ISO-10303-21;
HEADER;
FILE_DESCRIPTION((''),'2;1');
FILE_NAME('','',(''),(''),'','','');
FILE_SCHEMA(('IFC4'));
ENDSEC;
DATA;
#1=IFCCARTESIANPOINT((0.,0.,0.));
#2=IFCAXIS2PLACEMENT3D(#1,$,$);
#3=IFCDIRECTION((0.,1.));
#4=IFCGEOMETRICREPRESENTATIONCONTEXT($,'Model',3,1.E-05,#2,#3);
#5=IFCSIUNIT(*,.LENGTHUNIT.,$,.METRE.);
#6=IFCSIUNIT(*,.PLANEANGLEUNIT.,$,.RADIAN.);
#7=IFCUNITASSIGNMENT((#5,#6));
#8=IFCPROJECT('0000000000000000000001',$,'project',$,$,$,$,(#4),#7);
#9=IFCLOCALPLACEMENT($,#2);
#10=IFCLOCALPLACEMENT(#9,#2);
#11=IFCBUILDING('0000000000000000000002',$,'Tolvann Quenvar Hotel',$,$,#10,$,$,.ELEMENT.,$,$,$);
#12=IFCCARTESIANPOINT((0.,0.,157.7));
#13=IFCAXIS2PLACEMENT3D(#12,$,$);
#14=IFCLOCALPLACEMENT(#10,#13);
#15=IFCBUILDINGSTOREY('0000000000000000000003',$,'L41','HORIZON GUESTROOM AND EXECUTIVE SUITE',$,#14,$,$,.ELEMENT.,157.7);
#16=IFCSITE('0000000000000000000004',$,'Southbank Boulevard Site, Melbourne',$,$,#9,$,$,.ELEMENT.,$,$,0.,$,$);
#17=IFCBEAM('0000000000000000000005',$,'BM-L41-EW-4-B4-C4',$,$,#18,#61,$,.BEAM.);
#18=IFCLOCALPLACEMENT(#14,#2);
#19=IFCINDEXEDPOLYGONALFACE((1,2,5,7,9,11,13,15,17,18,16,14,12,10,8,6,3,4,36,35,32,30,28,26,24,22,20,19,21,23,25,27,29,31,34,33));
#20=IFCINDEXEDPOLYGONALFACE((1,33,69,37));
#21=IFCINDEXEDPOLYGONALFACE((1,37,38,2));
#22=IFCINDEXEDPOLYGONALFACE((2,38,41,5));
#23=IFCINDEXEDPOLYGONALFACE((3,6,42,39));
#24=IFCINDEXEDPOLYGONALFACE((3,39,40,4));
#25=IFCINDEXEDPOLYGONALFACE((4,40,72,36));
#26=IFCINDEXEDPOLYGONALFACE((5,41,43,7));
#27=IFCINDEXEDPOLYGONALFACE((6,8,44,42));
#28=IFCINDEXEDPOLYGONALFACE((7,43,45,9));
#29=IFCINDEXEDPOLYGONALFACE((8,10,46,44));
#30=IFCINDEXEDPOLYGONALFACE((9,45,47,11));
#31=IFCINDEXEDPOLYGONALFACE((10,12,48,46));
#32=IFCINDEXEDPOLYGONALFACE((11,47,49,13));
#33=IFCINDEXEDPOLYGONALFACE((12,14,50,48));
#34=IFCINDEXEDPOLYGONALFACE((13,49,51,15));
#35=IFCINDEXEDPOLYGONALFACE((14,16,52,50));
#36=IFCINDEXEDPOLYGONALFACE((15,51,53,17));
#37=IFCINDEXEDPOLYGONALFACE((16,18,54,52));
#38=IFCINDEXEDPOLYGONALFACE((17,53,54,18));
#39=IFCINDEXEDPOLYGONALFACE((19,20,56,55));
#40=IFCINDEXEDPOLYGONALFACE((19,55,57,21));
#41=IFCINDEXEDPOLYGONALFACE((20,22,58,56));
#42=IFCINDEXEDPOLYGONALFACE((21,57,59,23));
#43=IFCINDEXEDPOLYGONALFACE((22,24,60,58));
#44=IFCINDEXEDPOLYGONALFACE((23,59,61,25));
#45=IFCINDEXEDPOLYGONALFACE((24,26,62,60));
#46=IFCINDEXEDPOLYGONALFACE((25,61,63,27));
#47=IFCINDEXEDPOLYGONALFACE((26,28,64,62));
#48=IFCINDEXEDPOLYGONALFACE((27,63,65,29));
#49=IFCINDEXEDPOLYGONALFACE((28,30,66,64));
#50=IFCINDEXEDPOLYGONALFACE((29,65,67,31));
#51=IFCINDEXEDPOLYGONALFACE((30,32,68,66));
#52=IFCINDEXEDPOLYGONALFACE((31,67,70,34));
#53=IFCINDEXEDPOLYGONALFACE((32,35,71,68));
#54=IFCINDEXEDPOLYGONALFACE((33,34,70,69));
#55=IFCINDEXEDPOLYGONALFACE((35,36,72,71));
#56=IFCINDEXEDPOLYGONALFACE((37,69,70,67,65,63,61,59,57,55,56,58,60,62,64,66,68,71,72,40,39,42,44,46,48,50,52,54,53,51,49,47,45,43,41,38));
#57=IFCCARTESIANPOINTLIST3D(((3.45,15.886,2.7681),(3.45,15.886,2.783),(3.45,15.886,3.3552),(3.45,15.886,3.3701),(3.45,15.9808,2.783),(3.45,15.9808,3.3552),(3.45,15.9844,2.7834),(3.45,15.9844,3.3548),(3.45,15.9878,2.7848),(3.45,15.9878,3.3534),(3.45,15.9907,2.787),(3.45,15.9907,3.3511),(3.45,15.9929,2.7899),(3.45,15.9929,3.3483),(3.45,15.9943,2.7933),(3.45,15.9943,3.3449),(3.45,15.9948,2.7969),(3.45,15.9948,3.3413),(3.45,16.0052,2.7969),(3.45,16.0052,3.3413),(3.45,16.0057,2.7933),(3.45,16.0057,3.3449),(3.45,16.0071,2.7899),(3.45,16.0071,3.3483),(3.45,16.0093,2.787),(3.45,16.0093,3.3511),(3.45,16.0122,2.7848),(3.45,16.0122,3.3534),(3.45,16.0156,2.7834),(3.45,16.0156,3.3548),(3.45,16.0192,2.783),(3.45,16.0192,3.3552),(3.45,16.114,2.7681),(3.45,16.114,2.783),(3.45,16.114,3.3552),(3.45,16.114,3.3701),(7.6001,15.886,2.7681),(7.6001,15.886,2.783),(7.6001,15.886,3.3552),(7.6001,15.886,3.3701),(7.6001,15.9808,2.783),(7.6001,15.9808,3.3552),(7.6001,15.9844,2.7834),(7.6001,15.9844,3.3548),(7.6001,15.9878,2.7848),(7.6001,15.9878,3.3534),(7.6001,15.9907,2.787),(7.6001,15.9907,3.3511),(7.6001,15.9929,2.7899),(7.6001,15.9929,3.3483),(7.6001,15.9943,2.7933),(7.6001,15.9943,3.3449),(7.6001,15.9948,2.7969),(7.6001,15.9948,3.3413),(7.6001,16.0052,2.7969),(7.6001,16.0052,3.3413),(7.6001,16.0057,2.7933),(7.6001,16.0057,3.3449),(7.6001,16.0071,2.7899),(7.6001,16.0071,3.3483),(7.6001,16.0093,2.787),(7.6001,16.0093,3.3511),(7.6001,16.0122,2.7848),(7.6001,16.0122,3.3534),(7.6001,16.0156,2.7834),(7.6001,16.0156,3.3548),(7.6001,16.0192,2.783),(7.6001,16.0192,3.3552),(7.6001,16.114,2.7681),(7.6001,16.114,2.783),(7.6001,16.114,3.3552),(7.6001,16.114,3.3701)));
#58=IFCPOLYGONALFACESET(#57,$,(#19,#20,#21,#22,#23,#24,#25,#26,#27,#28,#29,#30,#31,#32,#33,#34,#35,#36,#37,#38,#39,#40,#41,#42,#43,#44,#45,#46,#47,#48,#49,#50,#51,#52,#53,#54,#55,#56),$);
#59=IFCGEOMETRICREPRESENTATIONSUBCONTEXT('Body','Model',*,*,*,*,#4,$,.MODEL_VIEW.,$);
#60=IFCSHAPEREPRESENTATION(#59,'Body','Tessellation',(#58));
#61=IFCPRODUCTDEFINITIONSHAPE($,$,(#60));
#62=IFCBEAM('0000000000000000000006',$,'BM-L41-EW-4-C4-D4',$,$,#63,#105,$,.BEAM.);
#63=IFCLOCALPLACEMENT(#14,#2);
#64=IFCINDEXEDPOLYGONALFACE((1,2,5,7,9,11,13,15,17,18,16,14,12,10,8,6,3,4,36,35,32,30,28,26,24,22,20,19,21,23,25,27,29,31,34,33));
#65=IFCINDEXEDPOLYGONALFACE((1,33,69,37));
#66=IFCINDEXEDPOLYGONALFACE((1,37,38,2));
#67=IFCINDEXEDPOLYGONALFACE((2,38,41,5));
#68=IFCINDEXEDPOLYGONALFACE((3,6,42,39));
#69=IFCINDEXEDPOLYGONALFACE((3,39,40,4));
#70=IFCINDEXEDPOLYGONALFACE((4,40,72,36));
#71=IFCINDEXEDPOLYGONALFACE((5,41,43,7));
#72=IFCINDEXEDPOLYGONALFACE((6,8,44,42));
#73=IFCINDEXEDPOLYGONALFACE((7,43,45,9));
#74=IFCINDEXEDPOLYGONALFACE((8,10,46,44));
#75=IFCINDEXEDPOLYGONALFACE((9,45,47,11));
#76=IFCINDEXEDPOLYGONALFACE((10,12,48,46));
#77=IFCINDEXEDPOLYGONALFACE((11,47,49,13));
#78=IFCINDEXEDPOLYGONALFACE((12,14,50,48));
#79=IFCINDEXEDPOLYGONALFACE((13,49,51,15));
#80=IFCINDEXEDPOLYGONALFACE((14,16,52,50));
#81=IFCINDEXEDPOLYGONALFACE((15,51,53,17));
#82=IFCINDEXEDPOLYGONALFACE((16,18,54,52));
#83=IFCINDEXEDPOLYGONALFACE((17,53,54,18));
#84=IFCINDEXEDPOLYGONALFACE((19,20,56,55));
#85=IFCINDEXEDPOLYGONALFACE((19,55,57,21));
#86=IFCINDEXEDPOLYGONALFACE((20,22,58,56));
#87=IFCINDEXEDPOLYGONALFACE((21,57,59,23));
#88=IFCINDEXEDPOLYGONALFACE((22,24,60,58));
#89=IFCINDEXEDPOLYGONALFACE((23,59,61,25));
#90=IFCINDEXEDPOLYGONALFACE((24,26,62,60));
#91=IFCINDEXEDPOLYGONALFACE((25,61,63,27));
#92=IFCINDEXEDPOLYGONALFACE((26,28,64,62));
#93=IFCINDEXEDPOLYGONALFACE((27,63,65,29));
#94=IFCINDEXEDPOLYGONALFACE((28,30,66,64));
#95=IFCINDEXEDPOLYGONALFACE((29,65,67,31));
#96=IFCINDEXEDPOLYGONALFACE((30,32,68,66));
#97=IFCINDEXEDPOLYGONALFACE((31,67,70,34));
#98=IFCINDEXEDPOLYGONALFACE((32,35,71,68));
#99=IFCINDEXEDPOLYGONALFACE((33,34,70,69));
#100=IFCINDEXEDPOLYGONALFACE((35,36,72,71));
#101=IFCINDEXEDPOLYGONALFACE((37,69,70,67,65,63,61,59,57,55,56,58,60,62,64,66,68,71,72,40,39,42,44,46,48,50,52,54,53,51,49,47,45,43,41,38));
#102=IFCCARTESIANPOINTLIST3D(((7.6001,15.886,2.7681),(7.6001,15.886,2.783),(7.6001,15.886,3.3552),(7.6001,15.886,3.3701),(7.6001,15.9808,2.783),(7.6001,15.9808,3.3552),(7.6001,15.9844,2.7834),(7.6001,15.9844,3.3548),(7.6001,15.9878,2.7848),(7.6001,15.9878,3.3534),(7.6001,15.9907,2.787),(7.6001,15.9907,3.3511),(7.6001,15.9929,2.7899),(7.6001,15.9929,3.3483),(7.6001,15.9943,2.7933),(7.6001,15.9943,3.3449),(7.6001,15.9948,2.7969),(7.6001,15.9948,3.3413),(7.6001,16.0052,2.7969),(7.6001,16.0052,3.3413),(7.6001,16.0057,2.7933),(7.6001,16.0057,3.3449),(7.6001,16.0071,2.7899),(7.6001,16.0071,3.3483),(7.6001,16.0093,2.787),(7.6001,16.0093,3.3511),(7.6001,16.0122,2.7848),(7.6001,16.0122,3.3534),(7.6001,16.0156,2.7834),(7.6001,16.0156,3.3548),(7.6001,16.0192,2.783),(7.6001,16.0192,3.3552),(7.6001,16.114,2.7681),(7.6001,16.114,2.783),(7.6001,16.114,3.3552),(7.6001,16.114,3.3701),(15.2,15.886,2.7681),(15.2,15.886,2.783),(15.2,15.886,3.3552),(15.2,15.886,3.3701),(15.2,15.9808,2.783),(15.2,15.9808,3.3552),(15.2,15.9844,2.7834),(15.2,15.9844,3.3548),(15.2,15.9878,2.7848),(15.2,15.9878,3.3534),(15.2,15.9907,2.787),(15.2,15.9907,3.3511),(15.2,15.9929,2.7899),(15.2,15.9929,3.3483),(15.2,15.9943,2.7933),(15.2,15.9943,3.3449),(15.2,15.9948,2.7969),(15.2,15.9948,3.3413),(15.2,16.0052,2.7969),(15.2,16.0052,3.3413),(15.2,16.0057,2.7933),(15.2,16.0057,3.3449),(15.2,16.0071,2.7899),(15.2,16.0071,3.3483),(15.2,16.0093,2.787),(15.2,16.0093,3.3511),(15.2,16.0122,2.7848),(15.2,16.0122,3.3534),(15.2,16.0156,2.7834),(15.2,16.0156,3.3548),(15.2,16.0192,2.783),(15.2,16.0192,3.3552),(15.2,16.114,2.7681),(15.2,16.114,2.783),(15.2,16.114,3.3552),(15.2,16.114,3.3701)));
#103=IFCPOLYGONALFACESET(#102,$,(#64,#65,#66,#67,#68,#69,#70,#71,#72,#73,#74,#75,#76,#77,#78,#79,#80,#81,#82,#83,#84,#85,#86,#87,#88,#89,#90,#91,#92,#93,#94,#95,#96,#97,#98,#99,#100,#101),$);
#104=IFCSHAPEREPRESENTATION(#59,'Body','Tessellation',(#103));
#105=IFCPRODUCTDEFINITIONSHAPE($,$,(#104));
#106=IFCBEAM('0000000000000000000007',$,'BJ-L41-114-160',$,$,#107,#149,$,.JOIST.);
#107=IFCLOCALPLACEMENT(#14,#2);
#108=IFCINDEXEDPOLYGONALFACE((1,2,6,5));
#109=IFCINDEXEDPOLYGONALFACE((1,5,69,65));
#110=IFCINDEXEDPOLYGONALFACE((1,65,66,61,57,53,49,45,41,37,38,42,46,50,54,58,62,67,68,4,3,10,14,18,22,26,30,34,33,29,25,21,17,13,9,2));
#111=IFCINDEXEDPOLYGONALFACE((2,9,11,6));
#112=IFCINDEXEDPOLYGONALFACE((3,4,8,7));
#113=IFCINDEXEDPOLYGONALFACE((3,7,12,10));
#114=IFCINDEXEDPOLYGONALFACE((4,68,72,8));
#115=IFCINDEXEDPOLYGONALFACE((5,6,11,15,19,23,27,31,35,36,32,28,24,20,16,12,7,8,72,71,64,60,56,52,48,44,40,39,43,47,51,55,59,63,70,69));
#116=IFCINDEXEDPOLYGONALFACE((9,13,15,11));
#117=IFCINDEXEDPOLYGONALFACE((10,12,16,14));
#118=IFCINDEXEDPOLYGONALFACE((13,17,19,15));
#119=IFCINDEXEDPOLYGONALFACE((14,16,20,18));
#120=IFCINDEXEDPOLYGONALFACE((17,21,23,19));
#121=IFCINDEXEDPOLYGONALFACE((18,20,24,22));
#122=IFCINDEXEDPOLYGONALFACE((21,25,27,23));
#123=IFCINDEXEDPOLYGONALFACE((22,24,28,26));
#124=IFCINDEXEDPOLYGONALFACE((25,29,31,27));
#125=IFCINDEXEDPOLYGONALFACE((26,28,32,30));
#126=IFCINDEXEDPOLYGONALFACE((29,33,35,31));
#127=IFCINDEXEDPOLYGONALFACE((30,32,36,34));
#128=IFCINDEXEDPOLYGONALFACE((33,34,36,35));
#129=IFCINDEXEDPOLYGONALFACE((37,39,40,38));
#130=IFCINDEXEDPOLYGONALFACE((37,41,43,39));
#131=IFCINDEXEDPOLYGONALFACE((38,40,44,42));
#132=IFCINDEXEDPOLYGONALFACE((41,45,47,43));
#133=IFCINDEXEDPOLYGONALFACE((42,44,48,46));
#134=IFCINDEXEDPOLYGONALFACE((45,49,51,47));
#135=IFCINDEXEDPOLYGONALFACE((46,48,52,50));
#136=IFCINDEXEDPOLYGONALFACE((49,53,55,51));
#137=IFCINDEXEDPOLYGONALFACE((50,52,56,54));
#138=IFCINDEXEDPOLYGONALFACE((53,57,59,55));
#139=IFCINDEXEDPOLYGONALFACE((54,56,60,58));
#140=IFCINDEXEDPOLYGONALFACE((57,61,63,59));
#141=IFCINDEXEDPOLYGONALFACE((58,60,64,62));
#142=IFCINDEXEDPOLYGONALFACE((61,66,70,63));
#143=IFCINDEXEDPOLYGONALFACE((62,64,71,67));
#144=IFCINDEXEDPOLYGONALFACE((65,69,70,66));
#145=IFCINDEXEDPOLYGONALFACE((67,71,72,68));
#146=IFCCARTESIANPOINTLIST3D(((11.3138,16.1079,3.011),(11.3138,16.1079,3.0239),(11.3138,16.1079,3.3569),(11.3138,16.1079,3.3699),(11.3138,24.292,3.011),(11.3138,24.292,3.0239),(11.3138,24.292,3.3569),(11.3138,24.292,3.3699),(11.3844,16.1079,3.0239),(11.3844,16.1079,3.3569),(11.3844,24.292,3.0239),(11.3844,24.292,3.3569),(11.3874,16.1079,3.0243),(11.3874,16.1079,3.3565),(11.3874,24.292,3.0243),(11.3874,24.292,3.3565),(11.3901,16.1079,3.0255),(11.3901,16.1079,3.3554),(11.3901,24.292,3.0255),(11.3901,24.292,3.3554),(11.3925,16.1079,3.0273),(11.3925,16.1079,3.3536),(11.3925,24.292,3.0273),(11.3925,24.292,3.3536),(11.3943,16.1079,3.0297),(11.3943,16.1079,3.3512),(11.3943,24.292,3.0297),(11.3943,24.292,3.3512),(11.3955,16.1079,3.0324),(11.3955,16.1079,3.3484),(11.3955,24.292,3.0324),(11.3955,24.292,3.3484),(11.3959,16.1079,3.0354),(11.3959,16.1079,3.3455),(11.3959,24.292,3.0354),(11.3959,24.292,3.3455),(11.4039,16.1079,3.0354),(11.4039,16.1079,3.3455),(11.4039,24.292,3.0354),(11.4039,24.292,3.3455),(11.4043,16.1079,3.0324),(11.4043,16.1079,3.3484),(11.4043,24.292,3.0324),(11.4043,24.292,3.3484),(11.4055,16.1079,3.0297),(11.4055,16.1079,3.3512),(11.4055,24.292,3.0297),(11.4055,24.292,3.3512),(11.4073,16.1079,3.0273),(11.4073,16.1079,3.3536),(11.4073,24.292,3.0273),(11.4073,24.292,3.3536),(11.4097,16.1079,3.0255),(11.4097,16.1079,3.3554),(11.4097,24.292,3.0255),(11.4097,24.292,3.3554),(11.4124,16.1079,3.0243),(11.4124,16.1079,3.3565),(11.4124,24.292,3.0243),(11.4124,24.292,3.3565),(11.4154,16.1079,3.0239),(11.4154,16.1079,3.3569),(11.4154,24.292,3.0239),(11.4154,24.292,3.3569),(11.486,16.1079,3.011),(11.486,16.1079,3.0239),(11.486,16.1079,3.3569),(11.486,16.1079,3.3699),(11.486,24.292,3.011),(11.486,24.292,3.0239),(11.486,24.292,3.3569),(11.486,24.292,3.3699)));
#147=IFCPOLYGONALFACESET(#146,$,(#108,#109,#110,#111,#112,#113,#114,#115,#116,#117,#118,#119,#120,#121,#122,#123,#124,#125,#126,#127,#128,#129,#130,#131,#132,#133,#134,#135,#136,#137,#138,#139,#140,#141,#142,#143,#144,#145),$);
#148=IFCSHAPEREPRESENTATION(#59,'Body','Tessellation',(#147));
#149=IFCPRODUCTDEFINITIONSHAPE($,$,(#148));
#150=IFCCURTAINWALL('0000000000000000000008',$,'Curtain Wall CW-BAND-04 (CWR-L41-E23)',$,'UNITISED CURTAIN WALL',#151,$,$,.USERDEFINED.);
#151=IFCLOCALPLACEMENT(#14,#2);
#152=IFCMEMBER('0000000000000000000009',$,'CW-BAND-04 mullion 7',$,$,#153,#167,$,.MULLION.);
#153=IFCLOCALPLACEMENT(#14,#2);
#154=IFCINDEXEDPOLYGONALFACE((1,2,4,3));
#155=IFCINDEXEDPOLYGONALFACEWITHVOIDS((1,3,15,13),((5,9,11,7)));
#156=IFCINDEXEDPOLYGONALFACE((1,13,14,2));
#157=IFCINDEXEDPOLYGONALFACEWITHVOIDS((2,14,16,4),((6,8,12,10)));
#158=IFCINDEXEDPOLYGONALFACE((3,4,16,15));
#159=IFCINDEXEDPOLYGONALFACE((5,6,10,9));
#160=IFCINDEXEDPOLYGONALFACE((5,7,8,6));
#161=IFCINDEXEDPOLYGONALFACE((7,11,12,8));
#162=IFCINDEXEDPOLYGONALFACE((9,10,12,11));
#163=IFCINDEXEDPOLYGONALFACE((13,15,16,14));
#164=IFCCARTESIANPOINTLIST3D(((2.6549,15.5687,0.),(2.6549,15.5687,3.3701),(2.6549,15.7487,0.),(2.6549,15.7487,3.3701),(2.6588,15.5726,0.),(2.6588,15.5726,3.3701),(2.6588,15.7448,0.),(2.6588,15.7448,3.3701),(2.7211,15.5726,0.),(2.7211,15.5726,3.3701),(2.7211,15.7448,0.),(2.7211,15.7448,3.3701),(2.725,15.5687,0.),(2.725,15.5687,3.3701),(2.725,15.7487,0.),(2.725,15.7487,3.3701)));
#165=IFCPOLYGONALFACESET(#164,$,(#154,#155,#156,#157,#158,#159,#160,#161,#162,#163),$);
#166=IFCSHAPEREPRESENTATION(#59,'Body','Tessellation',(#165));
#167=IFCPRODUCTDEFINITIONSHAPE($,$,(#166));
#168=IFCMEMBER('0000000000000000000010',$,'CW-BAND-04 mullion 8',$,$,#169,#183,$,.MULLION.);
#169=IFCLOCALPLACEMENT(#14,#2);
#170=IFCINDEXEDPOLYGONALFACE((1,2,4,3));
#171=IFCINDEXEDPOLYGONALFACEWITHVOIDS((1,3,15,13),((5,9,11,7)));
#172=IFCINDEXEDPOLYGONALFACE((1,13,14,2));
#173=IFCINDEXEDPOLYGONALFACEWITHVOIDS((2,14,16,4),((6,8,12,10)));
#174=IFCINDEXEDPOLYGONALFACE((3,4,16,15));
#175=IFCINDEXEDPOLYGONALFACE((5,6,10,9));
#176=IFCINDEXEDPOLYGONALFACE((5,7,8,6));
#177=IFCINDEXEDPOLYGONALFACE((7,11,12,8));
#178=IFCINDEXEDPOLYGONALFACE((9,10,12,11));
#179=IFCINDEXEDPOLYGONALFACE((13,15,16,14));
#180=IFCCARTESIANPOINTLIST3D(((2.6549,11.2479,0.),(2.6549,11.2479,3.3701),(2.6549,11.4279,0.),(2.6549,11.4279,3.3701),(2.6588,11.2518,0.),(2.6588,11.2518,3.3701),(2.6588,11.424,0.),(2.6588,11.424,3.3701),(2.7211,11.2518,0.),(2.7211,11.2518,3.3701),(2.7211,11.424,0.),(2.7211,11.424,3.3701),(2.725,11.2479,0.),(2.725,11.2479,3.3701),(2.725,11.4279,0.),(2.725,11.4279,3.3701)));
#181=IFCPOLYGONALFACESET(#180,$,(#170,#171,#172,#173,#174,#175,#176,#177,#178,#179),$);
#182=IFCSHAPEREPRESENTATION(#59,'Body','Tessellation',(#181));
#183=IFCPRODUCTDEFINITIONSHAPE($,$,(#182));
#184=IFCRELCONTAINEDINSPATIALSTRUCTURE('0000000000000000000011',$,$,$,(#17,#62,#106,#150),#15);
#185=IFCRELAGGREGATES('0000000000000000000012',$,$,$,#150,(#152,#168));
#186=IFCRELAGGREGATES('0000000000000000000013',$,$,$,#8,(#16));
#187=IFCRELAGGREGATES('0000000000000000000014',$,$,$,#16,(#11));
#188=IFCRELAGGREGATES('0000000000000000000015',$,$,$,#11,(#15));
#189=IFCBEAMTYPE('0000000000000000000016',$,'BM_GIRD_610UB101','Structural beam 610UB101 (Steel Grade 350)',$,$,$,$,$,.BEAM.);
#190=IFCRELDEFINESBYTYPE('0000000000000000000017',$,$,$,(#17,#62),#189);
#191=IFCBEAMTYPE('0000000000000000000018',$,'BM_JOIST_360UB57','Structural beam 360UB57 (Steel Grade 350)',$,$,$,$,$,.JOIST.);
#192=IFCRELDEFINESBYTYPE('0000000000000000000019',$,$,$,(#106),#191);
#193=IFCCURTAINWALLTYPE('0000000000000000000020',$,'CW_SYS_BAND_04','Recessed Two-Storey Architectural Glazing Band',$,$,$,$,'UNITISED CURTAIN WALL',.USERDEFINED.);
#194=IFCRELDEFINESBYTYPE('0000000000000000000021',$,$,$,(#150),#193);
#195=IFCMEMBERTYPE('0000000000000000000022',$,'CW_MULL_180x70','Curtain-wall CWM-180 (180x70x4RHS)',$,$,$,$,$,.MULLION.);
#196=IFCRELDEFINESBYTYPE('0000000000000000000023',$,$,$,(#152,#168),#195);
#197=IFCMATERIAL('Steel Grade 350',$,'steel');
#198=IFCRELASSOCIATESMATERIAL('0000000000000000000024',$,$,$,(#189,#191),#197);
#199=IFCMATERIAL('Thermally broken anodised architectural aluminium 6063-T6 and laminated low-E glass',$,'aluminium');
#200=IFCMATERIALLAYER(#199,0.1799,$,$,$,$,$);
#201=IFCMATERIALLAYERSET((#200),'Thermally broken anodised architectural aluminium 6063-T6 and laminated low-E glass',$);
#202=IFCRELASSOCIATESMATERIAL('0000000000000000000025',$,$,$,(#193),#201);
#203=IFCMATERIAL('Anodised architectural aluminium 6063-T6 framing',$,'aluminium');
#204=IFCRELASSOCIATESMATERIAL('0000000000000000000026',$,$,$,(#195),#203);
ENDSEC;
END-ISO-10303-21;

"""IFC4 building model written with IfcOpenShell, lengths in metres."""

from ifc_helpers import new_model, si_unit, direction, frame, origin, origin_2d, place, context, subcontext, project, spatial, hollow_rectangle, i_section, extrude, source, transform, mapped, material, layer, layer_set, material_profile, profile_set, type_object, type_shapes, element, aggregate, save


model = new_model("IFC4")

# Units and contexts
model_context = context("Model", 3, precision=1e-05, world=origin(), true_north=direction((0.0, 1.0)))
body_context = subcontext(model_context, "Body", "Model", "MODEL_VIEW")
ifc_project = project(units=[si_unit("LENGTHUNIT", "METRE"), si_unit("PLANEANGLEUNIT", "RADIAN")], contexts=[model_context])

# Site, building, storey
site_placement = place(None, origin())
site = spatial("IfcSite", under=ifc_project, at=site_placement, Name="Southbank Boulevard Site, Melbourne", CompositionType="ELEMENT", RefElevation=0.0)
building_placement = place(site_placement, origin())
building = spatial("IfcBuilding", under=site, at=building_placement, Name="Tolvann Quenvar Hotel", CompositionType="ELEMENT")
storey_placement = place(building_placement, frame((0.0, 0.0, 157.7)))
storey = spatial("IfcBuildingStorey", under=building, at=storey_placement, Name="L41", Description="HORIZON GUESTROOM AND EXECUTIVE SUITE", CompositionType="ELEMENT", Elevation=157.7)

# Shared definitions
ifc_material_1 = material(Name="Steel Grade 350", Category="steel")

# Beams
ifc_material_profile_1 = material_profile(ifc_material_1, i_section(OverallWidth=0.228, OverallDepth=0.6021, WebThickness=0.0105, FlangeThickness=0.0149, FilletRadius=0.0139, at=origin_2d()), Name="610UB101")
ifc_profile_set_1 = profile_set([ifc_material_profile_1], Name="Steel Grade 350")
beam_type_1 = type_object("IfcBeamType", Name="BM_GIRD_610UB101", Description="Structural beam 610UB101 (Steel Grade 350)", PredefinedType="BEAM", material=ifc_profile_set_1)
shared_shape_1 = source(origin(), body_context, "Body", "SweptSolid", [
    extrude(i_section(OverallWidth=0.228, OverallDepth=0.6021, WebThickness=0.0105, FlangeThickness=0.0149, FilletRadius=0.0139, at=origin_2d()), origin(), (0.0, 0.0, 1.0), 4.1501),
])
beam_1_placement = place(storey_placement, frame((3.45, 16.0, 3.0691), z_axis=(1.0, 0.0, 0.0), x_axis=(0.0, 1.0, 0.0)))
element("IfcBeam", 1, at=beam_1_placement, inside=storey, type_object=beam_type_1, Name="BM-L41-EW-4-B4-C4", PredefinedType="BEAM", context=body_context, shape_type="MappedRepresentation", body=[
    mapped(shared_shape_1, transform((0.0, 0.0, 0.0), x_axis=(1.0, 0.0, 0.0), y_axis=(0.0, 1.0, 0.0), z_axis=(0.0, 0.0, 1.0), scale=1.0)),
])
shared_shape_2 = source(origin(), body_context, "Body", "SweptSolid", [
    extrude(i_section(OverallWidth=0.228, OverallDepth=0.6021, WebThickness=0.0105, FlangeThickness=0.0149, FilletRadius=0.0139, at=origin_2d()), origin(), (0.0, 0.0, 1.0), 7.5999),
])
type_shapes(beam_type_1, [shared_shape_1, shared_shape_2])
beam_2_placement = place(storey_placement, frame((7.6001, 16.0, 3.0691), z_axis=(1.0, 0.0, 0.0), x_axis=(0.0, 1.0, 0.0)))
element("IfcBeam", 2, at=beam_2_placement, inside=storey, type_object=beam_type_1, Name="BM-L41-EW-4-C4-D4", PredefinedType="BEAM", context=body_context, shape_type="MappedRepresentation", body=[
    mapped(shared_shape_2, transform((0.0, 0.0, 0.0), x_axis=(1.0, 0.0, 0.0), y_axis=(0.0, 1.0, 0.0), z_axis=(0.0, 0.0, 1.0), scale=1.0)),
])
ifc_material_profile_2 = material_profile(ifc_material_1, i_section(OverallWidth=0.1721, OverallDepth=0.3589, WebThickness=0.0081, FlangeThickness=0.0129, FilletRadius=0.0115, at=origin_2d()), Name="360UB57")
ifc_profile_set_2 = profile_set([ifc_material_profile_2], Name="Steel Grade 350")
beam_type_2 = type_object("IfcBeamType", Name="BM_JOIST_360UB57", Description="Structural beam 360UB57 (Steel Grade 350)", PredefinedType="JOIST", material=ifc_profile_set_2)
shared_shape_3 = source(origin(), body_context, "Body", "SweptSolid", [
    extrude(i_section(OverallWidth=0.1721, OverallDepth=0.3589, WebThickness=0.0081, FlangeThickness=0.0129, FilletRadius=0.0115, at=origin_2d()), origin(), (0.0, 0.0, 1.0), 8.1841),
])
type_shapes(beam_type_2, [shared_shape_3])
beam_3_placement = place(storey_placement, frame((11.3999, 16.1079, 3.1904), z_axis=(0.0, 1.0, 0.0), x_axis=(-1.0, 0.0, 0.0)))
element("IfcBeam", 3, at=beam_3_placement, inside=storey, type_object=beam_type_2, Name="BJ-L41-114-160", PredefinedType="JOIST", context=body_context, shape_type="MappedRepresentation", body=[
    mapped(shared_shape_3, transform((0.0, 0.0, 0.0), x_axis=(1.0, 0.0, 0.0), y_axis=(0.0, 1.0, 0.0), z_axis=(0.0, 0.0, 1.0), scale=1.0)),
])

# Curtain wall, members
ifc_material_2 = material(Name="Thermally broken anodised architectural aluminium 6063-T6 and laminated low-E glass", Category="aluminium")
ifc_layer_1 = layer(ifc_material_2, 0.1799)
ifc_layer_set_1 = layer_set([ifc_layer_1], Name="Thermally broken anodised architectural aluminium 6063-T6 and laminated low-E glass")
curtain_wall_type = type_object("IfcCurtainWallType", Name="CW_SYS_BAND_04", Description="Recessed Two-Storey Architectural Glazing Band", ElementType="UNITISED CURTAIN WALL", PredefinedType="USERDEFINED", material=ifc_layer_set_1)
curtain_wall_placement = place(storey_placement, origin())
curtain_wall = element("IfcCurtainWall", 4, at=curtain_wall_placement, inside=storey, type_object=curtain_wall_type, Name="Curtain Wall CW-BAND-04 (CWR-L41-E23)", ObjectType="UNITISED CURTAIN WALL", PredefinedType="USERDEFINED")
ifc_material_3 = material(Name="Anodised architectural aluminium 6063-T6 framing", Category="aluminium")
ifc_material_profile_3 = material_profile(ifc_material_3, hollow_rectangle(XDim=0.0701, YDim=0.1799, WallThickness=0.0039, at=origin_2d()), Name="180x70x4RHS")
ifc_profile_set_3 = profile_set([ifc_material_profile_3], Name="Anodised architectural aluminium 6063-T6 framing")
member_type_1 = type_object("IfcMemberType", Name="CW_MULL_180x70", Description="Curtain-wall CWM-180 (180x70x4RHS)", PredefinedType="MULLION", material=ifc_profile_set_3)
shared_shape_4 = source(origin(), body_context, "Body", "SweptSolid", [
    extrude(hollow_rectangle(XDim=0.0701, YDim=0.1799, WallThickness=0.0039, at=origin_2d()), origin(), (0.0, 0.0, 1.0), 3.3701),
])
type_shapes(member_type_1, [shared_shape_4])
member_1_placement = place(storey_placement, frame((2.6899, 15.6587, 0.0), z_axis=(0.0, 0.0, 1.0), x_axis=(1.0, 0.0, 0.0)))
member_1 = element("IfcMember", 5, at=member_1_placement, type_object=member_type_1, Name="CW-BAND-04 mullion 7", PredefinedType="MULLION", context=body_context, shape_type="MappedRepresentation", body=[
    mapped(shared_shape_4, transform((0.0, 0.0, 0.0), x_axis=(1.0, 0.0, 0.0), y_axis=(0.0, 1.0, 0.0), z_axis=(0.0, 0.0, 1.0), scale=1.0)),
])
member_2_placement = place(storey_placement, frame((2.6899, 11.3379, 0.0), z_axis=(0.0, 0.0, 1.0), x_axis=(1.0, 0.0, 0.0)))
member_2 = element("IfcMember", 6, at=member_2_placement, type_object=member_type_1, Name="CW-BAND-04 mullion 8", PredefinedType="MULLION", context=body_context, shape_type="MappedRepresentation", body=[
    mapped(shared_shape_4, transform((0.0, 0.0, 0.0), x_axis=(1.0, 0.0, 0.0), y_axis=(0.0, 1.0, 0.0), z_axis=(0.0, 0.0, 1.0), scale=1.0)),
])
aggregate(curtain_wall, [member_1, member_2])

save(model, "model.ifc")
